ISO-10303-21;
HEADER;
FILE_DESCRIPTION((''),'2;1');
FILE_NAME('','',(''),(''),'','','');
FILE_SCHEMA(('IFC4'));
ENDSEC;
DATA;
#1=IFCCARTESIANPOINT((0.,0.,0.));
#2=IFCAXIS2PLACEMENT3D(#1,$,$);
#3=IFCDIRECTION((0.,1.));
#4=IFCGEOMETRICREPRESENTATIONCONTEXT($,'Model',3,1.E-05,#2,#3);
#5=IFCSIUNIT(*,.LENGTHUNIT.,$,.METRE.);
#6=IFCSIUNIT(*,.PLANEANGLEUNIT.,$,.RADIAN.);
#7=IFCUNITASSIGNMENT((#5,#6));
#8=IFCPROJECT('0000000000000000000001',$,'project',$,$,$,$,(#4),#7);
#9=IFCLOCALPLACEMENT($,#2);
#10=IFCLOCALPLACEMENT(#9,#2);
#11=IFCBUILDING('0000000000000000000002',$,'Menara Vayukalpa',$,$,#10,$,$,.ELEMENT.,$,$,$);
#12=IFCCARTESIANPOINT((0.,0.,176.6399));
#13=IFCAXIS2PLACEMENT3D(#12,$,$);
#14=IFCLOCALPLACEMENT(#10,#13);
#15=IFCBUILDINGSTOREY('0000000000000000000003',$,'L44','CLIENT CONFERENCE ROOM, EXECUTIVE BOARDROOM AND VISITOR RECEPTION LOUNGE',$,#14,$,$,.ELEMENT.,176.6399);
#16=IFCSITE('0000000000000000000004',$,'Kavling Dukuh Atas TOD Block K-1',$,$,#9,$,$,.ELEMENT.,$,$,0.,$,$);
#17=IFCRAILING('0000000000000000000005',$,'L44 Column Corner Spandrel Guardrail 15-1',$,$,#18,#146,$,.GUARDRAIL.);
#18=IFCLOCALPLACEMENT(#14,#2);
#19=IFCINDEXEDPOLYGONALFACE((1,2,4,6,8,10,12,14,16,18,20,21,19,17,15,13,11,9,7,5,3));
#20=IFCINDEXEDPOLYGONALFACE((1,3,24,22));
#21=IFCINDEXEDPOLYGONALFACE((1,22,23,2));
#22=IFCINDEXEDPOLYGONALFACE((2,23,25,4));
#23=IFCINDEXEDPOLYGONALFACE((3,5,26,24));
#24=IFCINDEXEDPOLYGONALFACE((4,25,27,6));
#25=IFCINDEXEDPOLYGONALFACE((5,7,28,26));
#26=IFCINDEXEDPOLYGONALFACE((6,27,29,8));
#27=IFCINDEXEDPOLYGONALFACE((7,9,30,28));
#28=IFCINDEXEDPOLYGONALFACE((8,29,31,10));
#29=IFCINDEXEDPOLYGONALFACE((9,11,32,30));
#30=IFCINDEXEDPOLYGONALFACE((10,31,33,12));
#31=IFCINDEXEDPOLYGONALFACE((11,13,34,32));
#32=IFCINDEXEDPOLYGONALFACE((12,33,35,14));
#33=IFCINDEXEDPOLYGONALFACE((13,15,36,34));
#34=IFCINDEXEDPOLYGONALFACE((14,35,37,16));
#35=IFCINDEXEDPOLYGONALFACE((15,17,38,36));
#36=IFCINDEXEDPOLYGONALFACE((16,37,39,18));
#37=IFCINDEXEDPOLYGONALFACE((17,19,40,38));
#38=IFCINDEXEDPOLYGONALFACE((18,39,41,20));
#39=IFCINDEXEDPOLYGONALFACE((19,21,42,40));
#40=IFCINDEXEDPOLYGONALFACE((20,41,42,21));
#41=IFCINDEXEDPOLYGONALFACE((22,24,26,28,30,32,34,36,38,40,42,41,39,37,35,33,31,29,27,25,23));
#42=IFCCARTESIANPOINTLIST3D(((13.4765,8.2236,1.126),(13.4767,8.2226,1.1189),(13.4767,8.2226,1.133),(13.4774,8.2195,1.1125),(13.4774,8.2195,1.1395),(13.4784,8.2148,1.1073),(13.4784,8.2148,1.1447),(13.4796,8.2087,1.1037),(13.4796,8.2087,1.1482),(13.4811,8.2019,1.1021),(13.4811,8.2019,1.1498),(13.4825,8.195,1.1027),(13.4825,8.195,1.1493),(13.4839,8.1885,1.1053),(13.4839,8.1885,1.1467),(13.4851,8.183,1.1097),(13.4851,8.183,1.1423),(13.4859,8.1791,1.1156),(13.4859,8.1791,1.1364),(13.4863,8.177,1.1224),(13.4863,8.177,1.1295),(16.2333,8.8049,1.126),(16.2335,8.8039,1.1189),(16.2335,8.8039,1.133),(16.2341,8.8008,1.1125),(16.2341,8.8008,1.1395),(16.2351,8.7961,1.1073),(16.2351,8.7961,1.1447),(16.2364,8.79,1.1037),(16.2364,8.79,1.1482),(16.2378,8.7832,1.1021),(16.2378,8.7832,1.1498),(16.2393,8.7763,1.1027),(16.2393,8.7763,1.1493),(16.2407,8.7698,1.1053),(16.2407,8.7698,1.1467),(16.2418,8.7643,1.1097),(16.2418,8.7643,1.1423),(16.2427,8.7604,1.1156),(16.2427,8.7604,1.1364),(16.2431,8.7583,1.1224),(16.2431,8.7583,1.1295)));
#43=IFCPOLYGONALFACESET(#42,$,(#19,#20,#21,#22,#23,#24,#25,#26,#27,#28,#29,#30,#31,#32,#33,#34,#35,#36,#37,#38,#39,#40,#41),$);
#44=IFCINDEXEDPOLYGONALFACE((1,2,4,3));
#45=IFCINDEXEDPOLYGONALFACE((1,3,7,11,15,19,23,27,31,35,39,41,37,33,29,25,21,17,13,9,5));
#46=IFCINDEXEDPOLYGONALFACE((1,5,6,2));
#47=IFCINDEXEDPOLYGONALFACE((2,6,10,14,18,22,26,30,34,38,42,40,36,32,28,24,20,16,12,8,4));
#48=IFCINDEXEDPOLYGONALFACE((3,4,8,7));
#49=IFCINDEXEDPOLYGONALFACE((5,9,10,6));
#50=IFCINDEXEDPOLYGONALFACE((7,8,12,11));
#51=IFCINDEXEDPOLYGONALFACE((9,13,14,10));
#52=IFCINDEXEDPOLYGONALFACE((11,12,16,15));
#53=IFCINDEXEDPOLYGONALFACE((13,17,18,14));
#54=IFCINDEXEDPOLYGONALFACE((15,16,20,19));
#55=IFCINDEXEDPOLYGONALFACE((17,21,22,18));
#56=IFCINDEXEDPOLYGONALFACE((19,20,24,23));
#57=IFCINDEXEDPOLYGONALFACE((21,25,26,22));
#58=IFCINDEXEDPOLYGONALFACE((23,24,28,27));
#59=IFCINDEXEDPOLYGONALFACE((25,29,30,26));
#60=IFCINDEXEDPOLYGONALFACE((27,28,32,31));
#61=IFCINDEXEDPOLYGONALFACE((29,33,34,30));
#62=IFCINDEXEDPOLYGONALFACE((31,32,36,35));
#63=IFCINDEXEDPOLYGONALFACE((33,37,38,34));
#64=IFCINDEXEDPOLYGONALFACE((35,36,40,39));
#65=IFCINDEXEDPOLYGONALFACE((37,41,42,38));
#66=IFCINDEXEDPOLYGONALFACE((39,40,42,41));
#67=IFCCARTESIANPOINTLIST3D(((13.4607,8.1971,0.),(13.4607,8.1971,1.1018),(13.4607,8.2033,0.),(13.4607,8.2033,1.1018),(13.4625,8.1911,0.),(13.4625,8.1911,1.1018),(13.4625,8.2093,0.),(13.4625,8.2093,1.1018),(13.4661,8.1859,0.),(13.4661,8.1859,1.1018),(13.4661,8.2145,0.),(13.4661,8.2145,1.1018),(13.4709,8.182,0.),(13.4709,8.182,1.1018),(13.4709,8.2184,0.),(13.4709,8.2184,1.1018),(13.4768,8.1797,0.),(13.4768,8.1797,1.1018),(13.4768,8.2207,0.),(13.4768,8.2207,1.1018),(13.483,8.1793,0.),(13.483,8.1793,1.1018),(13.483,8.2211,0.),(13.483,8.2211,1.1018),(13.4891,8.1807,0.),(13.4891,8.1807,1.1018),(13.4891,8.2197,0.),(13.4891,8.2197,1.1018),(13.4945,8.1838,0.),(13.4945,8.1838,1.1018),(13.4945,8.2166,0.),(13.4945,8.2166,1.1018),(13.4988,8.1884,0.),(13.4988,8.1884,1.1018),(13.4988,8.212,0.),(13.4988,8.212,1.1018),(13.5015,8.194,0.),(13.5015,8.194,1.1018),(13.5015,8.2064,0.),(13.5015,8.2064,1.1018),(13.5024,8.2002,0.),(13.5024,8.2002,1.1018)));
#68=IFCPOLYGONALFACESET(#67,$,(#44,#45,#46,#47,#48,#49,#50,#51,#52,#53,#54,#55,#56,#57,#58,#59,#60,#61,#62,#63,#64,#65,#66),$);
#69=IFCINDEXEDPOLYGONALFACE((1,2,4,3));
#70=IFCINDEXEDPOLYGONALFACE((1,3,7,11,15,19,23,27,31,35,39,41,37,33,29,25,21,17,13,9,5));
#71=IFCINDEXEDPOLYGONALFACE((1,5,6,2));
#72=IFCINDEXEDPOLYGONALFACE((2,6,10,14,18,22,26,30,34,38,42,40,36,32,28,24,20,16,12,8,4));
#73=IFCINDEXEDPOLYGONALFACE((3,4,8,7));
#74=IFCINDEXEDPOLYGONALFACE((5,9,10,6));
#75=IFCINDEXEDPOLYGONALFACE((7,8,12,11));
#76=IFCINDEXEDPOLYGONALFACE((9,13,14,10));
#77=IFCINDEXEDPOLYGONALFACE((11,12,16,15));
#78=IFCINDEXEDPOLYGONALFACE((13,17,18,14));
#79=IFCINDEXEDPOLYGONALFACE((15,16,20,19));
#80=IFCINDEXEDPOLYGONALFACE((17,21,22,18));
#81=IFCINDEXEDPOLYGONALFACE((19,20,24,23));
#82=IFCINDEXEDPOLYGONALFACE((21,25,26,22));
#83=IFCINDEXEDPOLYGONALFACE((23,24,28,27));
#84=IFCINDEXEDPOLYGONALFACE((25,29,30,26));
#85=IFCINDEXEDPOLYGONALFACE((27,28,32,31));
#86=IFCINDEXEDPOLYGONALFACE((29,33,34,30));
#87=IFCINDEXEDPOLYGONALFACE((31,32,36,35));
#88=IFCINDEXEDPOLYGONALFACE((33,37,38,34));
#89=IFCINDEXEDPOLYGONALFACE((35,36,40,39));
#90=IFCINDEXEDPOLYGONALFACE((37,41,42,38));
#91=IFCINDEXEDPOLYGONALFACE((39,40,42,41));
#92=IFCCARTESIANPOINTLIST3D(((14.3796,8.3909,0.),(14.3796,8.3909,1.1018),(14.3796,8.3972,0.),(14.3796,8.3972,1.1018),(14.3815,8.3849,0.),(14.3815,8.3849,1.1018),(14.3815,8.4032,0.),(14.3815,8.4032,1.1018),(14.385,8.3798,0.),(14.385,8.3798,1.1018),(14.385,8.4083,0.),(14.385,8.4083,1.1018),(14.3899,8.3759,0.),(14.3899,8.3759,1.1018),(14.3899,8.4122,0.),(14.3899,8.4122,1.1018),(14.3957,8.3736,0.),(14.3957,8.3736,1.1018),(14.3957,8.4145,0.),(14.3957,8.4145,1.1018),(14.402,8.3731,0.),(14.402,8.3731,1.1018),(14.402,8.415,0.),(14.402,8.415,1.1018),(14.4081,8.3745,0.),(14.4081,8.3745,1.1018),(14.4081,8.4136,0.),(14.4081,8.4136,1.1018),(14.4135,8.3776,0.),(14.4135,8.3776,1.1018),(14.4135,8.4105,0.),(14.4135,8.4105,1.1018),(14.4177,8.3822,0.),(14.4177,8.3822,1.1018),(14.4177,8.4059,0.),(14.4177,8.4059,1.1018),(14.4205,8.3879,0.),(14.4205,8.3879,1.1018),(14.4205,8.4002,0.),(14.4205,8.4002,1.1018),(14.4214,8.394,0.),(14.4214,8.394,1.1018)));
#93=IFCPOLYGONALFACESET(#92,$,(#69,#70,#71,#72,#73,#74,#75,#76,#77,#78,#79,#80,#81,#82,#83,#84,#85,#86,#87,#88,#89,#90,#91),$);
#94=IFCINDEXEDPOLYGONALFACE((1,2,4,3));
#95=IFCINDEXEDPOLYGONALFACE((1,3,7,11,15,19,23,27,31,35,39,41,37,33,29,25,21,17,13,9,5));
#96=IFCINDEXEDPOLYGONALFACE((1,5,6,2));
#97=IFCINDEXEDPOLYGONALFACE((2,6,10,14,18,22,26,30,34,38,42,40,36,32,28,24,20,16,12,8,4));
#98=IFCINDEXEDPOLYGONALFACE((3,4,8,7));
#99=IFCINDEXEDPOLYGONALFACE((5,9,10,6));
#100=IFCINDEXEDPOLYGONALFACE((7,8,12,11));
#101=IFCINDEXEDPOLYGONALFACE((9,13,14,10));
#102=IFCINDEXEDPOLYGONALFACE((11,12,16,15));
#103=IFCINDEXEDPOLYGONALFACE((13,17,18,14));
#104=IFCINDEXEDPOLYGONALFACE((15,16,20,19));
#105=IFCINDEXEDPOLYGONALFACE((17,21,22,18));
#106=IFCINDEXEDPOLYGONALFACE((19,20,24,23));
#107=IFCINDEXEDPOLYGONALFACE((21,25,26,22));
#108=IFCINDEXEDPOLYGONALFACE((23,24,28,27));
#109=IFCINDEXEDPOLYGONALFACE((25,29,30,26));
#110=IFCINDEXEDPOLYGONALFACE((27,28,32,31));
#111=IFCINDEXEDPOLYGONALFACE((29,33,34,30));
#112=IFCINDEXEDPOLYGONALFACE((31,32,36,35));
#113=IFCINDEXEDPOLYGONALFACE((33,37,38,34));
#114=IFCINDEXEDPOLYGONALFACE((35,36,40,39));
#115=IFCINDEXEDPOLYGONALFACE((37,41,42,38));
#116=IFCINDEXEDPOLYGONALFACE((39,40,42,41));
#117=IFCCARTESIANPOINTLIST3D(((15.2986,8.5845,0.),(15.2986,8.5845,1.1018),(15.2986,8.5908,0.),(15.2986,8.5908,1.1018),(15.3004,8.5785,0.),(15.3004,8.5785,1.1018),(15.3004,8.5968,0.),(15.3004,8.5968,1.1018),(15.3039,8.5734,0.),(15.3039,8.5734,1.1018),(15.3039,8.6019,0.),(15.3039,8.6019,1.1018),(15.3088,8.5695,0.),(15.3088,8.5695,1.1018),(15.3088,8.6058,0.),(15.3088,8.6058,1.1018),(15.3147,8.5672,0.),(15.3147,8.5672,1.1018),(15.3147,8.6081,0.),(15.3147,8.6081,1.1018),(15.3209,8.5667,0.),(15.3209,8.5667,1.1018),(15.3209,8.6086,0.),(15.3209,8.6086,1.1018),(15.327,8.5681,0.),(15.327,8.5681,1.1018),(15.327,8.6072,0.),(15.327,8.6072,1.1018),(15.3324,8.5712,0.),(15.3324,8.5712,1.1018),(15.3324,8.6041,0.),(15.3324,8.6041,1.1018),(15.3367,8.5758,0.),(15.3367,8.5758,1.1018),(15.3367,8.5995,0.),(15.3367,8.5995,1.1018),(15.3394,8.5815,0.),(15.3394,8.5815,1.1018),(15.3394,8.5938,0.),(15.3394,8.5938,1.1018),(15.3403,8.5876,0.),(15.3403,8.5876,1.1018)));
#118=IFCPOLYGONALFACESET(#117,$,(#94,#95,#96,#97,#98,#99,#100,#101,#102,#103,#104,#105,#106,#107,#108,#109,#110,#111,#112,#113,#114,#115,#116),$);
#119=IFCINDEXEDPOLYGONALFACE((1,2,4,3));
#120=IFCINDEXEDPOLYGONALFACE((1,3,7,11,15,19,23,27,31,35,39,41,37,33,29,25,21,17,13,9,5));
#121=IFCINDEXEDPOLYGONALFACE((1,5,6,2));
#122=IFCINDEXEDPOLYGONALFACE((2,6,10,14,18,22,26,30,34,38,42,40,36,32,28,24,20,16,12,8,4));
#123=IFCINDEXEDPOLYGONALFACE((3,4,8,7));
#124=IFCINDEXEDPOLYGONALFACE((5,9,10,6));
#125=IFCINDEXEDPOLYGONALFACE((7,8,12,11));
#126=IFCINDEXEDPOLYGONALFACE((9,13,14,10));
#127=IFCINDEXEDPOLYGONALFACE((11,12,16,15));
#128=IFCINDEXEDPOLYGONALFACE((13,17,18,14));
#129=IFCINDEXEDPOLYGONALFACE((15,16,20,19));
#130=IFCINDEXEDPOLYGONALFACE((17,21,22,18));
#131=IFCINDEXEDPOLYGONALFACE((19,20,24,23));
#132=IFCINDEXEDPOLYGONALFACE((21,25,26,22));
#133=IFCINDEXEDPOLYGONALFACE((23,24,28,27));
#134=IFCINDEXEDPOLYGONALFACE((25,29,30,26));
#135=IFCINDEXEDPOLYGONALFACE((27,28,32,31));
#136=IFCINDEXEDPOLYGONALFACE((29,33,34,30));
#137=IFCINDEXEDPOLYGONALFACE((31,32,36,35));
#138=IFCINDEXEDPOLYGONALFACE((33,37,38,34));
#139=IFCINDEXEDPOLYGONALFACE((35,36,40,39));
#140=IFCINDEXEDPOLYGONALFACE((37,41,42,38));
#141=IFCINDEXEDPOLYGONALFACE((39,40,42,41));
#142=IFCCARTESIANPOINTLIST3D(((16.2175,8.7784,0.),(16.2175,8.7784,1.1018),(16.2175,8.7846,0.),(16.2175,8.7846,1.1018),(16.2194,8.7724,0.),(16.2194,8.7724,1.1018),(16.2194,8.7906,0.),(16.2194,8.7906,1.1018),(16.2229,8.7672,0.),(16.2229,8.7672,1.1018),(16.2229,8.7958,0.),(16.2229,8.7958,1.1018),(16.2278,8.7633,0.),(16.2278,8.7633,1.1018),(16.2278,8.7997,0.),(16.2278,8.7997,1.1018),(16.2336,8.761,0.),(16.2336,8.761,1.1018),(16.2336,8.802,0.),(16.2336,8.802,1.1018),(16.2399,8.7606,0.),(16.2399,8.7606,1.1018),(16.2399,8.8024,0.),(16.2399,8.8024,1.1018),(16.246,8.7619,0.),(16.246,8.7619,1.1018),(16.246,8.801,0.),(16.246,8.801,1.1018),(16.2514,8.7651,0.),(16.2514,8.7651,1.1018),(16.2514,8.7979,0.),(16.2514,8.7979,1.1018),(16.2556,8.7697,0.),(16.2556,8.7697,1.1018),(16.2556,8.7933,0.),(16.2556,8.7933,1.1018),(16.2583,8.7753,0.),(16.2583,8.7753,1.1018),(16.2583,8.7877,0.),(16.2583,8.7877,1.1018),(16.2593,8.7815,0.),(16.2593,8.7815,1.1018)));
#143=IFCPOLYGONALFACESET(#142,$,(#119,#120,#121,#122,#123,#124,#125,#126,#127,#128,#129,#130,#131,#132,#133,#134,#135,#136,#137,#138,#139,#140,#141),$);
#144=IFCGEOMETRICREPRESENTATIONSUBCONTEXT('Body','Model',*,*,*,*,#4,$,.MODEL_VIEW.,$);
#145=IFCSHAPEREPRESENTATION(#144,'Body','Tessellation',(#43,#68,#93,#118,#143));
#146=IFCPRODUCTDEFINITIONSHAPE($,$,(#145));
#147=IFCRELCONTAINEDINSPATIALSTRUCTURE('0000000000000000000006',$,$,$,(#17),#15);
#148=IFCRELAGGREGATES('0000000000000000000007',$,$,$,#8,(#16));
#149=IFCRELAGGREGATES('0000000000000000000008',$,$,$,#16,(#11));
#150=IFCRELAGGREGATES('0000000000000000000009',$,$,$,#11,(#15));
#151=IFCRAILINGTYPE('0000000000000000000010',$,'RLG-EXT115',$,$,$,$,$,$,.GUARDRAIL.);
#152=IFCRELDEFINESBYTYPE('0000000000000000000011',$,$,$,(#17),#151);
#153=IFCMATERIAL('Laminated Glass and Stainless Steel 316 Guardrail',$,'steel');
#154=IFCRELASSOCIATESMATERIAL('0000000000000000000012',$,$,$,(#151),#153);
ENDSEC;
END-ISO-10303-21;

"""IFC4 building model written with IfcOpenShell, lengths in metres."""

from ifc_helpers import new_model, si_unit, direction, frame, origin, origin_2d, place, context, subcontext, project, spatial, circle, extrude, material, type_object, element, save


model = new_model("IFC4")

# Units and contexts
model_context = context("Model", 3, precision=1e-05, world=origin(), true_north=direction((0.0, 1.0)))
body_context = subcontext(model_context, "Body", "Model", "MODEL_VIEW")
ifc_project = project(units=[si_unit("LENGTHUNIT", "METRE"), si_unit("PLANEANGLEUNIT", "RADIAN")], contexts=[model_context])

# Site, building, storey
site_placement = place(None, origin())
site = spatial("IfcSite", under=ifc_project, at=site_placement, Name="Kavling Dukuh Atas TOD Block K-1", CompositionType="ELEMENT", RefElevation=0.0)
building_placement = place(site_placement, origin())
building = spatial("IfcBuilding", under=site, at=building_placement, Name="Menara Vayukalpa", CompositionType="ELEMENT")
storey_placement = place(building_placement, frame((0.0, 0.0, 176.6399)))
storey = spatial("IfcBuildingStorey", under=building, at=storey_placement, Name="L44", Description="CLIENT CONFERENCE ROOM, EXECUTIVE BOARDROOM AND VISITOR RECEPTION LOUNGE", CompositionType="ELEMENT", Elevation=176.6399)

# Railing
ifc_material_1 = material(Name="Laminated Glass and Stainless Steel 316 Guardrail", Category="steel")
railing_type = type_object("IfcRailingType", Name="RLG-EXT115", PredefinedType="GUARDRAIL", material=ifc_material_1)
railing_placement = place(storey_placement, frame((13.4814, 8.2002, 0.0)))
element("IfcRailing", 1, at=railing_placement, inside=storey, type_object=railing_type, Name="L44 Column Corner Spandrel Guardrail 15-1", PredefinedType="GUARDRAIL", context=body_context, shape_type="SweptSolid", body=[
    extrude(circle(Radius=0.0239, at=origin_2d()), frame((0.0, 0.0, 1.126), z_axis=(0.978484, 0.206321, 0.0), x_axis=(-0.206321, 0.978484, 0.0)), (0.0, 0.0, 1.0), 2.8174),
    extrude(circle(Radius=0.021, at=origin_2d()), origin(), (0.0, 0.0, 1.0), 1.1018),
    extrude(circle(Radius=0.021, at=origin_2d()), frame((0.9189, 0.1938, 0.0)), (0.0, 0.0, 1.0), 1.1018),
    extrude(circle(Radius=0.021, at=origin_2d()), frame((1.8379, 0.3875, 0.0)), (0.0, 0.0, 1.0), 1.1018),
    extrude(circle(Radius=0.021, at=origin_2d()), frame((2.7568, 0.5813, 0.0)), (0.0, 0.0, 1.0), 1.1018),
])

save(model, "model.ifc")
